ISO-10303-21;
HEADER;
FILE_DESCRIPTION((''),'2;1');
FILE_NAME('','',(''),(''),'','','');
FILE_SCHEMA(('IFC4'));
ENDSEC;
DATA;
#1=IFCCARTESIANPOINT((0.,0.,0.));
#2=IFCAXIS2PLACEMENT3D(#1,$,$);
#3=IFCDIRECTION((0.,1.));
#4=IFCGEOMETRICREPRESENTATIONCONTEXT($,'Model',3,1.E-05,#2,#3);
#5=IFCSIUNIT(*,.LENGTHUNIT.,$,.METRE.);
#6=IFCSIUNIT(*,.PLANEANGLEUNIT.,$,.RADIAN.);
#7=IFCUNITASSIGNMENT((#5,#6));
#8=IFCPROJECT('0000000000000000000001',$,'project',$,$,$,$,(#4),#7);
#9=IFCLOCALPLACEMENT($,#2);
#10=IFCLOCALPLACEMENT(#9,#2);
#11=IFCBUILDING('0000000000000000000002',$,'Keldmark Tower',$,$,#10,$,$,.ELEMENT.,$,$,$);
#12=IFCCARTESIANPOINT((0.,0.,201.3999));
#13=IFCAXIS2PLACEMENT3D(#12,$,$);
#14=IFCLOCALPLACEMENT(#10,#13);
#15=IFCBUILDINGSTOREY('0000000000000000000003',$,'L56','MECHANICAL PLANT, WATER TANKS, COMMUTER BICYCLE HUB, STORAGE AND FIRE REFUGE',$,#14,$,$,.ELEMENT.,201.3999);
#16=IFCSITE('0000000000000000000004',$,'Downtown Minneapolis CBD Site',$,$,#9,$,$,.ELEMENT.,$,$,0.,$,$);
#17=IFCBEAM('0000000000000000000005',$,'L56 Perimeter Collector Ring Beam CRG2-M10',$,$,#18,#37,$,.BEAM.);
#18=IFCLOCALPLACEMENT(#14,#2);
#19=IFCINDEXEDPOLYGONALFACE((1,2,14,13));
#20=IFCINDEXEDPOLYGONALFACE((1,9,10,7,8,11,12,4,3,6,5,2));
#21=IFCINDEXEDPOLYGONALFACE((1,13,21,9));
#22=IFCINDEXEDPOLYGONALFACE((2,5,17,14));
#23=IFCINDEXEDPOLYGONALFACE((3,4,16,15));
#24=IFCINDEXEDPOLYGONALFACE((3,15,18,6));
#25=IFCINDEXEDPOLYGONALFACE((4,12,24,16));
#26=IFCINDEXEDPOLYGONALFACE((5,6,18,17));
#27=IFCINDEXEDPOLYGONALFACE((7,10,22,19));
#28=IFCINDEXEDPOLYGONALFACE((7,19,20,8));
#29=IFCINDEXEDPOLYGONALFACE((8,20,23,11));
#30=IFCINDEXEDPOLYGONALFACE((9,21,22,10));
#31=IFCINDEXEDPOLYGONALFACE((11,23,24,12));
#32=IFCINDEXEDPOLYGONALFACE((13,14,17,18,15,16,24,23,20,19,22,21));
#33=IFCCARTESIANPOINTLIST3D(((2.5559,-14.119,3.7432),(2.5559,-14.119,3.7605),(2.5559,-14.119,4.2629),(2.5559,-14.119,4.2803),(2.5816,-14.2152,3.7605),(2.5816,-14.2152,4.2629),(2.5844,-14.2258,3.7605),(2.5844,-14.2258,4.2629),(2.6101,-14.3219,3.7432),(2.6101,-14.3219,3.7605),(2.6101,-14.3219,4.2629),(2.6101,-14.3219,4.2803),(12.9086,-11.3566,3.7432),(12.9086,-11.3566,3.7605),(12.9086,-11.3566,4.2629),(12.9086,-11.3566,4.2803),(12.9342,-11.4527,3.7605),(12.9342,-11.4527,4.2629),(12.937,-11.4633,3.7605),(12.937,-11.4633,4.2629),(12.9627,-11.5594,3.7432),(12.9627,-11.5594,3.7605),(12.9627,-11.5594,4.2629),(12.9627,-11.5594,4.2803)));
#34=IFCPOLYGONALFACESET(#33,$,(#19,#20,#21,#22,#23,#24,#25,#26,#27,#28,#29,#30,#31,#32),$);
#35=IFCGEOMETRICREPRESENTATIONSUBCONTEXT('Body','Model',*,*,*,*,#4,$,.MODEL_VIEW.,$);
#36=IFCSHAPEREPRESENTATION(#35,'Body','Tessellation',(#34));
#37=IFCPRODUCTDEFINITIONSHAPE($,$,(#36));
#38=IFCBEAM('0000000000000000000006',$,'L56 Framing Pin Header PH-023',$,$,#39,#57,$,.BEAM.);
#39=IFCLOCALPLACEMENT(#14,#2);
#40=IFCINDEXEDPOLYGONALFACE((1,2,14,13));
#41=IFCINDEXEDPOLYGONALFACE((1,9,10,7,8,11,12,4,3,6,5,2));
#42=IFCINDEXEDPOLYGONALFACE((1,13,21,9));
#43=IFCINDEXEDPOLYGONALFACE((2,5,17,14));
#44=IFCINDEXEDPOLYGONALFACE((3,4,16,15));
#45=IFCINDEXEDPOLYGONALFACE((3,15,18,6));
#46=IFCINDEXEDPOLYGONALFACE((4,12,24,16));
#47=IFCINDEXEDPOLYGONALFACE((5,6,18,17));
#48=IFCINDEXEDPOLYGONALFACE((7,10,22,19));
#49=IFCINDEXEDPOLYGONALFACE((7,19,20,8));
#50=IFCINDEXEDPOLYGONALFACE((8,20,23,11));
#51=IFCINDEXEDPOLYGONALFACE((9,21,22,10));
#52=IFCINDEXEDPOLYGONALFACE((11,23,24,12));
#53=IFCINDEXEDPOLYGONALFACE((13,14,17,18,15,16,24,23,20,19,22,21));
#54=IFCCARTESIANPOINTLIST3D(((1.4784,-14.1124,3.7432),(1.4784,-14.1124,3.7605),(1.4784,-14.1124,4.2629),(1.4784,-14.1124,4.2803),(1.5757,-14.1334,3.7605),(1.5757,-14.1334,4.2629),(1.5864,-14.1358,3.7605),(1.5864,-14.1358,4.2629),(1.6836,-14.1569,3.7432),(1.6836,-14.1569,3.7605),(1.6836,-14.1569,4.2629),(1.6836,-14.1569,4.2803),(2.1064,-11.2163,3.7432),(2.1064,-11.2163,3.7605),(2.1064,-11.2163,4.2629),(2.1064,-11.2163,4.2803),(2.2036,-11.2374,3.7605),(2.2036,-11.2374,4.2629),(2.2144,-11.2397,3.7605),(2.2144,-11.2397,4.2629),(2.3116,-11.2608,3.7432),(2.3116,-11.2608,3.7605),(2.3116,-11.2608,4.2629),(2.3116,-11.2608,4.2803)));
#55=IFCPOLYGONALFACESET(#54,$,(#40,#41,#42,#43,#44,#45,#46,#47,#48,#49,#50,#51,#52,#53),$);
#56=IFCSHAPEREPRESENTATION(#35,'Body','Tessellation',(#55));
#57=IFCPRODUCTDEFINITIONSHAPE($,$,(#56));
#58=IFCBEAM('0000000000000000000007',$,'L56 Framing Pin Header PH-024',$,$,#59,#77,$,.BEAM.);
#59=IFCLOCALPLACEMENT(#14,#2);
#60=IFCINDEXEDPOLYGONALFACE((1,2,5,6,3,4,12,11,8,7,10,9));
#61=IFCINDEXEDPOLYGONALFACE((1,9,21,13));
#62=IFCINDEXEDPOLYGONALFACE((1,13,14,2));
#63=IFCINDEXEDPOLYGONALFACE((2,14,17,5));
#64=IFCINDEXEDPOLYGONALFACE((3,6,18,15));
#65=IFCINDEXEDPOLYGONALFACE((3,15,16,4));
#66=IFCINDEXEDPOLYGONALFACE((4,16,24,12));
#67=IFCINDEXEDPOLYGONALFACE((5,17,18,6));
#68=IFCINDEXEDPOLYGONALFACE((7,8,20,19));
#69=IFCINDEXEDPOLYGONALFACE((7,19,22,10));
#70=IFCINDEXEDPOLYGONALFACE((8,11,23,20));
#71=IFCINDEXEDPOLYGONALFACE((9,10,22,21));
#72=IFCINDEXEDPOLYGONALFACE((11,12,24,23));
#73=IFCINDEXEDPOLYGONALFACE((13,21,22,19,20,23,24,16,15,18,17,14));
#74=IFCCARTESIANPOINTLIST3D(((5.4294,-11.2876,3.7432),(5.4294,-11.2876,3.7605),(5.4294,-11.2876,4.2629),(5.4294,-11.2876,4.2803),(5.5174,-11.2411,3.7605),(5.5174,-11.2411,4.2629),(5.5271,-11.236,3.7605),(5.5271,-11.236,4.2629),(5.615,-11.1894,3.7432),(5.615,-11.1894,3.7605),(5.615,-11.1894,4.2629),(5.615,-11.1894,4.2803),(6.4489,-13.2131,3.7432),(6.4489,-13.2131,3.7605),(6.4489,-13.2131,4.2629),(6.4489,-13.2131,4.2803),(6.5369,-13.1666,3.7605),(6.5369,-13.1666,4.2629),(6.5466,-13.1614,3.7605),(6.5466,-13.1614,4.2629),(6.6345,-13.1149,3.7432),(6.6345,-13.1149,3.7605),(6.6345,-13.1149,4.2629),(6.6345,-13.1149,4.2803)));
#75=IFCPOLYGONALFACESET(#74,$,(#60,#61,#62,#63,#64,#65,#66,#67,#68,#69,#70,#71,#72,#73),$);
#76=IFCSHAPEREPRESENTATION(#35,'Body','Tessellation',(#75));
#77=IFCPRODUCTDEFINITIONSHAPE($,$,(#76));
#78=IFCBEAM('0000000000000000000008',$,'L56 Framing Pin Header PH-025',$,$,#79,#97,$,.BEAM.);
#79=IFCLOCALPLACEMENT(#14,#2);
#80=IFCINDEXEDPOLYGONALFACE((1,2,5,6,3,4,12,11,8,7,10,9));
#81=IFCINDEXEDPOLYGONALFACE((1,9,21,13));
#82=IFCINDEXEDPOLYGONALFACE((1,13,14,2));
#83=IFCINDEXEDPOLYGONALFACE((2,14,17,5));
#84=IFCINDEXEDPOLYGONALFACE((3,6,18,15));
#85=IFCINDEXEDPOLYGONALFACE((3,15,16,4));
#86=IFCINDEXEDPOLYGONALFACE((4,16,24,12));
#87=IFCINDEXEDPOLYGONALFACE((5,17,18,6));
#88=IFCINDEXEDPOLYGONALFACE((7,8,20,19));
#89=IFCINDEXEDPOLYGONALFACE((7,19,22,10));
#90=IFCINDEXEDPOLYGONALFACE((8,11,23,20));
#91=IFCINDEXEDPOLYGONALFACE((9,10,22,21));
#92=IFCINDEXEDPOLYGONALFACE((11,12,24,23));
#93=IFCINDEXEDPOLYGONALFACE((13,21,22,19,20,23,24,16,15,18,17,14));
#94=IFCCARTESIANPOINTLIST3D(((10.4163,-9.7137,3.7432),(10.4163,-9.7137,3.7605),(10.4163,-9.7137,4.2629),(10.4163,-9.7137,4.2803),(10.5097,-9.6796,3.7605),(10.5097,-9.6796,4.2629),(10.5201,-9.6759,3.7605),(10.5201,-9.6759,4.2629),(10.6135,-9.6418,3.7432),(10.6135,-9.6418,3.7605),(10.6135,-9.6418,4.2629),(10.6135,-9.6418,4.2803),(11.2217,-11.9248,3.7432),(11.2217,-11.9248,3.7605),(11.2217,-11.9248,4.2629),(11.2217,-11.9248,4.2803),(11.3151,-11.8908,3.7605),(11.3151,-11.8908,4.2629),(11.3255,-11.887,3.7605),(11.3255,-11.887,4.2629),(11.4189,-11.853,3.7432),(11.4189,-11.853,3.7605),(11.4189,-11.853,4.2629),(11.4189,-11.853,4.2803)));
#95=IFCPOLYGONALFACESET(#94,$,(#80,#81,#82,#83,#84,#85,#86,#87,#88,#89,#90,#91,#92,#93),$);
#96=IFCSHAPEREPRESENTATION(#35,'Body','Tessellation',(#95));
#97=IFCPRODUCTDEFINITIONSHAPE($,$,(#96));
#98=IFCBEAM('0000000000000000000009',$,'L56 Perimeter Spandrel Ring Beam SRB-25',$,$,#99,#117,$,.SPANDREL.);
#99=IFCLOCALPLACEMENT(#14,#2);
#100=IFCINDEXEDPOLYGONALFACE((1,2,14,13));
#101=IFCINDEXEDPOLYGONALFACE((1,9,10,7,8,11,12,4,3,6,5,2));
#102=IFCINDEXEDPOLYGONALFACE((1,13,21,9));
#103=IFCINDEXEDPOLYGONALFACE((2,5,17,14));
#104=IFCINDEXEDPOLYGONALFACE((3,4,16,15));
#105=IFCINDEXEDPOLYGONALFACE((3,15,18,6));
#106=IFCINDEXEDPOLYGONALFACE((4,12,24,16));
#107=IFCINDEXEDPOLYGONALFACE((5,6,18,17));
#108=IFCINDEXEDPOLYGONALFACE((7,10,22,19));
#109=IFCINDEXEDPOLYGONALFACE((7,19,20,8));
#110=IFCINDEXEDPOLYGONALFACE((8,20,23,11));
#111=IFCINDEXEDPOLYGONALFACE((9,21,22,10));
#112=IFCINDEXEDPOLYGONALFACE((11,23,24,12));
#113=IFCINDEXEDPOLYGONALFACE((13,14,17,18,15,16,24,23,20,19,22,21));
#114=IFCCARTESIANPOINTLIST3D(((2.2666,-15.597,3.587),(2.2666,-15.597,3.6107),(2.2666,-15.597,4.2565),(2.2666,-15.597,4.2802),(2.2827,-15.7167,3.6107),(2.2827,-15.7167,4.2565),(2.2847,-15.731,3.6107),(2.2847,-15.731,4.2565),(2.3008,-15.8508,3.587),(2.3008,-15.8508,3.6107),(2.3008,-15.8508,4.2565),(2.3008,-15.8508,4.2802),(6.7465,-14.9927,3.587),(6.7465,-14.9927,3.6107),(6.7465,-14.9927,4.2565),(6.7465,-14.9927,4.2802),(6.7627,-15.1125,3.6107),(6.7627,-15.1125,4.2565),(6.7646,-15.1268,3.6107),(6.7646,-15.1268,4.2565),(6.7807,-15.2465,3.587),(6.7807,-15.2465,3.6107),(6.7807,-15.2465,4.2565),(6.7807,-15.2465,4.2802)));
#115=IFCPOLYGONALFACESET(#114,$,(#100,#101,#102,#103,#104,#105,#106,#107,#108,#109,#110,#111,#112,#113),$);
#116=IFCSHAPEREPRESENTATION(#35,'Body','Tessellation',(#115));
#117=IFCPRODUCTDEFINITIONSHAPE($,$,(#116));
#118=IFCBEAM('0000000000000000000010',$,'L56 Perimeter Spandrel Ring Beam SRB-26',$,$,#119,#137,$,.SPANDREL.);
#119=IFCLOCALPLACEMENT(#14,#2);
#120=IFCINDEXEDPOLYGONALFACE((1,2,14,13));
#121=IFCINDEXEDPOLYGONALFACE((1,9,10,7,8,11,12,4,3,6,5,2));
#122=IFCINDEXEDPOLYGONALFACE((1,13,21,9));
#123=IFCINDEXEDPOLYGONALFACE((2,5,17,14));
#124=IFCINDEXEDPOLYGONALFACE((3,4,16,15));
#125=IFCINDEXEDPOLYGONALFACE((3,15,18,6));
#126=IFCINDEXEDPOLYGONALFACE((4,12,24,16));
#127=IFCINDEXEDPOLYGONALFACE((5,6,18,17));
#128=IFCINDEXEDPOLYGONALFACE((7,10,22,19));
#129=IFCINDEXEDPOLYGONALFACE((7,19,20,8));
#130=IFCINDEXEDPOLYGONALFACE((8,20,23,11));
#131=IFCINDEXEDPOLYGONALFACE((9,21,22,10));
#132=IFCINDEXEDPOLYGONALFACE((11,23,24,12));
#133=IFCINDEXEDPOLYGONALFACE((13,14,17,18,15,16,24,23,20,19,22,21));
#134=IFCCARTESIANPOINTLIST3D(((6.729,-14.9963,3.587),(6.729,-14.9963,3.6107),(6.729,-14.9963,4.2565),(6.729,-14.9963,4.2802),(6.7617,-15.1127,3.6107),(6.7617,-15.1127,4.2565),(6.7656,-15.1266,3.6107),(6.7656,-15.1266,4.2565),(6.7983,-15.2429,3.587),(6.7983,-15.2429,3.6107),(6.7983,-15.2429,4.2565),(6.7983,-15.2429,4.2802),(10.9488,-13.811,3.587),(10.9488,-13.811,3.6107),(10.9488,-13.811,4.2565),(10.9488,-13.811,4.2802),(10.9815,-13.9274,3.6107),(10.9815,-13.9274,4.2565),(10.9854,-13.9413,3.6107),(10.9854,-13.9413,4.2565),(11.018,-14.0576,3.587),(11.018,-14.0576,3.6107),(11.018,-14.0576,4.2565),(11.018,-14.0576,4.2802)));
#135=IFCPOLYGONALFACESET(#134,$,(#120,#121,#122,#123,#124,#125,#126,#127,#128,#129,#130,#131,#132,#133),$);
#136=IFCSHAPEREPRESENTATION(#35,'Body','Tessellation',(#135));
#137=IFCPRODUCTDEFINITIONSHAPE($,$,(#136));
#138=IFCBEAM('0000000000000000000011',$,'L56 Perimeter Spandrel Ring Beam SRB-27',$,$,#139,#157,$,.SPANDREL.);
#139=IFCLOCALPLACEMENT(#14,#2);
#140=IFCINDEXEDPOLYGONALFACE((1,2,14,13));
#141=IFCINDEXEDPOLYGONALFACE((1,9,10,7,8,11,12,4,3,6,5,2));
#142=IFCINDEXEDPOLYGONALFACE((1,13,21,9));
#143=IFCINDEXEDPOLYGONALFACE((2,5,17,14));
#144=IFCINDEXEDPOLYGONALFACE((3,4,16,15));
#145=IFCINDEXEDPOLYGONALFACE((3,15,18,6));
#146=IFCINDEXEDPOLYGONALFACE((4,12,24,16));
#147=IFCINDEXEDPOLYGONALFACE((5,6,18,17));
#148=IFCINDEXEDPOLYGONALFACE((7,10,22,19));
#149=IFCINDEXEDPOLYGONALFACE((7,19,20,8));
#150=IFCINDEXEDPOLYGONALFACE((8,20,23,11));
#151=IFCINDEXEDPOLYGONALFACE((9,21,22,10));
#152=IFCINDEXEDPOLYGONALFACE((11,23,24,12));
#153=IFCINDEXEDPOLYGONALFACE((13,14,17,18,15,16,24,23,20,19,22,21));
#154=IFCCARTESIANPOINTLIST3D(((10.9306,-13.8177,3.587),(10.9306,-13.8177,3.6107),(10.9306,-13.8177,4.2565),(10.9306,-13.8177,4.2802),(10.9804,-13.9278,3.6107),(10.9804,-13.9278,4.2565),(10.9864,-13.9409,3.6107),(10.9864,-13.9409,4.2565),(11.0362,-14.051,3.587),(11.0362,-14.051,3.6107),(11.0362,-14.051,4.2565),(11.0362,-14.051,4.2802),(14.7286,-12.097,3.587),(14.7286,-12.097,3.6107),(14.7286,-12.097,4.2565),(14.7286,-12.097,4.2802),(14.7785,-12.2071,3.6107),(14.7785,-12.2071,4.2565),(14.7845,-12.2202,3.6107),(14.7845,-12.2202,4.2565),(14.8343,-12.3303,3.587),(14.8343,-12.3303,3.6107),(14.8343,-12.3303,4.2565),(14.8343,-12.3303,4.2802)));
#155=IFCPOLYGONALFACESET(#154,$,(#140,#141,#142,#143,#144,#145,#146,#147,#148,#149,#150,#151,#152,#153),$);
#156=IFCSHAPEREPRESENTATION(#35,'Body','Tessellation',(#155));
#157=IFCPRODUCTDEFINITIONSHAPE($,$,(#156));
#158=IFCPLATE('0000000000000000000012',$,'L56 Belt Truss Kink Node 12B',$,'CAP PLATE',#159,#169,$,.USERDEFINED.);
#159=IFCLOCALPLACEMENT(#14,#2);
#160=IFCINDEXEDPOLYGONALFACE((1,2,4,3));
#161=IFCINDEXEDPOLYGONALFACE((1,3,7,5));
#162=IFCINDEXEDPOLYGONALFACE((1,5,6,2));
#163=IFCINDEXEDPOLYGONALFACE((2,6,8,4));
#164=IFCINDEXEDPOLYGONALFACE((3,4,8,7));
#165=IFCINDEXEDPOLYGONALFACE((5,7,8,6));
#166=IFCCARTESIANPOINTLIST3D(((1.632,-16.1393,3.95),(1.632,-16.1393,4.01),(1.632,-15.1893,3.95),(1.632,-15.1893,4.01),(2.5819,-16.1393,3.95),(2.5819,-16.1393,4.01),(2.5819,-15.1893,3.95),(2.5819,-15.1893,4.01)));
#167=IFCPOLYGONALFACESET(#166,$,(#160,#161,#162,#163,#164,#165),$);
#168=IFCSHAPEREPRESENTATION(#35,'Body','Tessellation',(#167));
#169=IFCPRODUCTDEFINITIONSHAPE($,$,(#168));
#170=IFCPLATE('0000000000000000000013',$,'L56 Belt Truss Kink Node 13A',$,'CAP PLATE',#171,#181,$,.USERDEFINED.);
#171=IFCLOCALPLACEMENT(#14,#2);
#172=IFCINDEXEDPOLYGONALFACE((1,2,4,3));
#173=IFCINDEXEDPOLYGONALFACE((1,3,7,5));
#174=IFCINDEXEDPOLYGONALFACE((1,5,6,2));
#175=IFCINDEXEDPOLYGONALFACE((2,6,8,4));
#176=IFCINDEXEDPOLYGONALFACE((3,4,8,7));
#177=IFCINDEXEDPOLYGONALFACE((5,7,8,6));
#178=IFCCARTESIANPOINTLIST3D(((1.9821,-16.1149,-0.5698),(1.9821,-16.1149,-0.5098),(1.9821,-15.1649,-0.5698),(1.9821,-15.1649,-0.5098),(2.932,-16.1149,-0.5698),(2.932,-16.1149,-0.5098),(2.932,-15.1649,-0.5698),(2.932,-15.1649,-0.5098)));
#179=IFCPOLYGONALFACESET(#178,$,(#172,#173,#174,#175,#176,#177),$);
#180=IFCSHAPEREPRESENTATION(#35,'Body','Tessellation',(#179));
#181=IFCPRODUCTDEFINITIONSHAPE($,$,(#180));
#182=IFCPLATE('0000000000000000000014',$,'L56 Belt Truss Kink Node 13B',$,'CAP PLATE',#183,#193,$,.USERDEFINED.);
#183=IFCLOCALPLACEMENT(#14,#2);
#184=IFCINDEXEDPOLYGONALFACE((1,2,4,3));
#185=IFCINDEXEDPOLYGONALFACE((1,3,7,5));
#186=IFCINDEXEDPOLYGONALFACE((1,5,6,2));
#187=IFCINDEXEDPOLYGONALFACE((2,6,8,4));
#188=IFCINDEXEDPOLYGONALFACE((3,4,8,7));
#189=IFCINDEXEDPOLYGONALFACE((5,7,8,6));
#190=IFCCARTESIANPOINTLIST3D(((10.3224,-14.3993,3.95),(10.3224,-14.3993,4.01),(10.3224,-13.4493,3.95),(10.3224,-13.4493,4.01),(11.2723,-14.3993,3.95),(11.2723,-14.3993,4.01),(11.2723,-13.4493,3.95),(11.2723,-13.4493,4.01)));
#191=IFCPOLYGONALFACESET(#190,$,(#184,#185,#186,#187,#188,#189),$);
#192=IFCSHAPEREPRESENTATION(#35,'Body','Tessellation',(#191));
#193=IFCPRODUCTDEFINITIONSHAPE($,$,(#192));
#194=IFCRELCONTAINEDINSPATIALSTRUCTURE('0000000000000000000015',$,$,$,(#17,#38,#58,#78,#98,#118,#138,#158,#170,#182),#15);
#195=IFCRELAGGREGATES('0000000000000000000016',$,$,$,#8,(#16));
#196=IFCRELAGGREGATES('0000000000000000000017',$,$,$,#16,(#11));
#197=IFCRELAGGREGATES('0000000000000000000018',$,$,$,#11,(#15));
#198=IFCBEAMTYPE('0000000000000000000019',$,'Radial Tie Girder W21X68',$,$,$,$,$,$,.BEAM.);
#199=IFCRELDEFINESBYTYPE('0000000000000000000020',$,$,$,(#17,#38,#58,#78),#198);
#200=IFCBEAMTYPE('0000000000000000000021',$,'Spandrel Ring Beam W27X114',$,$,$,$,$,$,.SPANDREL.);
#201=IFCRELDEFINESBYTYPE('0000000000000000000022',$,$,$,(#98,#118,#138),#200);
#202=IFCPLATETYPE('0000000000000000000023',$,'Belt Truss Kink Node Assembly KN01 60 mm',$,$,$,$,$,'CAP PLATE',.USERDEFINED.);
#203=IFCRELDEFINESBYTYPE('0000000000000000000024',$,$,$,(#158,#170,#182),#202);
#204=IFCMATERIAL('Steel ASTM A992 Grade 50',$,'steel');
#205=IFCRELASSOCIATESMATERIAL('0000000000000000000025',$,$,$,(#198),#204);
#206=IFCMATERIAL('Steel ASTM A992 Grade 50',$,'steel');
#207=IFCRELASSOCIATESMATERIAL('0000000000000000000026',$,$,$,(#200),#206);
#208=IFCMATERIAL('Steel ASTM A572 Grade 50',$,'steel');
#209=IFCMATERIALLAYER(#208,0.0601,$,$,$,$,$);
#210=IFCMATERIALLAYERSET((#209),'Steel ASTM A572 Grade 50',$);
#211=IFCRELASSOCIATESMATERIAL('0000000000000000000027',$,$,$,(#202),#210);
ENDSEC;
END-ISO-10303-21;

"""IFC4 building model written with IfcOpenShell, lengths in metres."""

from ifc_helpers import new_model, si_unit, direction, frame, origin, origin_2d, place, context, subcontext, project, spatial, rectangle, i_section, extrude, material, layer, layer_set, material_profile, profile_set, type_object, element, save


model = new_model("IFC4")

# Units and contexts
model_context = context("Model", 3, precision=1e-05, world=origin(), true_north=direction((0.0, 1.0)))
body_context = subcontext(model_context, "Body", "Model", "MODEL_VIEW")
ifc_project = project(units=[si_unit("LENGTHUNIT", "METRE"), si_unit("PLANEANGLEUNIT", "RADIAN")], contexts=[model_context])

# Site, building, storey
site_placement = place(None, origin())
site = spatial("IfcSite", under=ifc_project, at=site_placement, Name="Downtown Minneapolis CBD Site", CompositionType="ELEMENT", RefElevation=0.0)
building_placement = place(site_placement, origin())
building = spatial("IfcBuilding", under=site, at=building_placement, Name="Keldmark Tower", CompositionType="ELEMENT")
storey_placement = place(building_placement, frame((0.0, 0.0, 201.3999)))
storey = spatial("IfcBuildingStorey", under=building, at=storey_placement, Name="L56", Description="MECHANICAL PLANT, WATER TANKS, COMMUTER BICYCLE HUB, STORAGE AND FIRE REFUGE", CompositionType="ELEMENT", Elevation=201.3999)

# Beams
ifc_material_1 = material(Name="Steel ASTM A992 Grade 50", Category="steel")
ifc_material_profile_1 = material_profile(ifc_material_1, i_section(OverallWidth=0.21, OverallDepth=0.5371, WebThickness=0.011, FlangeThickness=0.0173, at=origin_2d()), Name="W21X68")
ifc_profile_set_1 = profile_set([ifc_material_profile_1], Name="Steel ASTM A992 Grade 50")
beam_type_1 = type_object("IfcBeamType", Name="Radial Tie Girder W21X68", PredefinedType="BEAM", material=ifc_profile_set_1)
beam_1_placement = place(storey_placement, frame((2.583, -14.2205, 4.0117), z_axis=(0.966194, 0.257817, 0.0), x_axis=(-0.257817, 0.966194, 0.0)))
element("IfcBeam", 1, at=beam_1_placement, inside=storey, type_object=beam_type_1, Name="L56 Perimeter Collector Ring Beam CRG2-M10", PredefinedType="BEAM", context=body_context, shape_type="SweptSolid", body=[
    extrude(i_section(OverallWidth=0.21, OverallDepth=0.5371, WebThickness=0.011, FlangeThickness=0.0173, at=origin_2d()), origin(), (0.0, 0.0, 1.0), 10.7148),
])
beam_2_placement = place(storey_placement, frame((2.209, -11.2385, 4.0117), z_axis=(-0.211903, -0.977291, 0.0), x_axis=(0.977291, -0.211903, 0.0)))
element("IfcBeam", 2, at=beam_2_placement, inside=storey, type_object=beam_type_1, Name="L56 Framing Pin Header PH-023", PredefinedType="BEAM", context=body_context, shape_type="SweptSolid", body=[
    extrude(i_section(OverallWidth=0.21, OverallDepth=0.5371, WebThickness=0.011, FlangeThickness=0.0173, at=origin_2d()), origin(), (0.0, 0.0, 1.0), 2.9634),
])
beam_3_placement = place(storey_placement, frame((5.5222, -11.2385, 4.0117), z_axis=(0.467934, -0.883763, 0.0), x_axis=(0.883763, 0.467934, 0.0)))
element("IfcBeam", 3, at=beam_3_placement, inside=storey, type_object=beam_type_1, Name="L56 Framing Pin Header PH-024", PredefinedType="BEAM", context=body_context, shape_type="SweptSolid", body=[
    extrude(i_section(OverallWidth=0.21, OverallDepth=0.5371, WebThickness=0.011, FlangeThickness=0.0173, at=origin_2d()), origin(), (0.0, 0.0, 1.0), 2.1787),
])
beam_4_placement = place(storey_placement, frame((10.5149, -9.6777, 4.0117), z_axis=(0.342251, -0.939609, 0.0), x_axis=(0.939609, 0.342251, 0.0)))
element("IfcBeam", 4, at=beam_4_placement, inside=storey, type_object=beam_type_1, Name="L56 Framing Pin Header PH-025", PredefinedType="BEAM", context=body_context, shape_type="SweptSolid", body=[
    extrude(i_section(OverallWidth=0.21, OverallDepth=0.5371, WebThickness=0.011, FlangeThickness=0.0173, at=origin_2d()), origin(), (0.0, 0.0, 1.0), 2.3533),
])
ifc_material_2 = material(Name="Steel ASTM A992 Grade 50", Category="steel")
ifc_material_profile_2 = material_profile(ifc_material_2, i_section(OverallWidth=0.2561, OverallDepth=0.6931, WebThickness=0.0144, FlangeThickness=0.0237, at=origin_2d()), Name="W27X114")
ifc_profile_set_2 = profile_set([ifc_material_profile_2], Name="Steel ASTM A992 Grade 50")
beam_type_2 = type_object("IfcBeamType", Name="Spandrel Ring Beam W27X114", PredefinedType="SPANDREL", material=ifc_profile_set_2)
beam_5_placement = place(storey_placement, frame((2.2837, -15.7239, 3.9336), z_axis=(0.991026, 0.133667, 0.0), x_axis=(-0.133667, 0.991026, 0.0)))
element("IfcBeam", 5, at=beam_5_placement, inside=storey, type_object=beam_type_2, Name="L56 Perimeter Spandrel Ring Beam SRB-25", PredefinedType="SPANDREL", context=body_context, shape_type="SweptSolid", body=[
    extrude(i_section(OverallWidth=0.2561, OverallDepth=0.6931, WebThickness=0.0144, FlangeThickness=0.0237, at=origin_2d()), origin(), (0.0, 0.0, 1.0), 4.5205),
])
beam_6_placement = place(storey_placement, frame((6.7637, -15.1196, 3.9336), z_axis=(0.96274, 0.270429, 0.0), x_axis=(-0.270429, 0.96274, 0.0)))
element("IfcBeam", 6, at=beam_6_placement, inside=storey, type_object=beam_type_2, Name="L56 Perimeter Spandrel Ring Beam SRB-26", PredefinedType="SPANDREL", context=body_context, shape_type="SweptSolid", body=[
    extrude(i_section(OverallWidth=0.2561, OverallDepth=0.6931, WebThickness=0.0144, FlangeThickness=0.0237, at=origin_2d()), origin(), (0.0, 0.0, 1.0), 4.3831),
])
beam_7_placement = place(storey_placement, frame((10.9834, -13.9343, 3.9336), z_axis=(0.910881, 0.412669, 0.0), x_axis=(-0.412669, 0.910881, 0.0)))
element("IfcBeam", 7, at=beam_7_placement, inside=storey, type_object=beam_type_2, Name="L56 Perimeter Spandrel Ring Beam SRB-27", PredefinedType="SPANDREL", context=body_context, shape_type="SweptSolid", body=[
    extrude(i_section(OverallWidth=0.2561, OverallDepth=0.6931, WebThickness=0.0144, FlangeThickness=0.0237, at=origin_2d()), origin(), (0.0, 0.0, 1.0), 4.1697),
])

# Plates
ifc_material_3 = material(Name="Steel ASTM A572 Grade 50", Category="steel")
ifc_layer_1 = layer(ifc_material_3, 0.0601)
ifc_layer_set_1 = layer_set([ifc_layer_1], Name="Steel ASTM A572 Grade 50")
plate_type_1 = type_object("IfcPlateType", Name="Belt Truss Kink Node Assembly KN01 60 mm", ElementType="CAP PLATE", PredefinedType="USERDEFINED", material=ifc_layer_set_1)
for number, where, z_axis, x_axis, name in (
    (8, (2.1069, -15.6643, 3.95), (0.0, 0.0, 1.0), (1.0, 0.0, 0.0), "L56 Belt Truss Kink Node 12B"),
    (9, (2.457, -15.6399, -0.5698), (0.0, 0.0, 1.0), (1.0, 0.0, 0.0), "L56 Belt Truss Kink Node 13A"),
    (10, (10.7974, -13.9243, 3.95), (0.0, 0.0, 1.0), (1.0, 0.0, 0.0), "L56 Belt Truss Kink Node 13B"),
):
    element("IfcPlate", number, at=place(storey_placement, frame(where, z_axis=z_axis, x_axis=x_axis)), inside=storey, type_object=plate_type_1, Name=name, ObjectType="CAP PLATE", PredefinedType="USERDEFINED", context=body_context, shape_type="SweptSolid", body=[
        extrude(rectangle(XDim=0.95, YDim=0.95, at=origin_2d()), origin(), (0.0, 0.0, 1.0), 0.0601),
    ])

save(model, "model.ifc")
